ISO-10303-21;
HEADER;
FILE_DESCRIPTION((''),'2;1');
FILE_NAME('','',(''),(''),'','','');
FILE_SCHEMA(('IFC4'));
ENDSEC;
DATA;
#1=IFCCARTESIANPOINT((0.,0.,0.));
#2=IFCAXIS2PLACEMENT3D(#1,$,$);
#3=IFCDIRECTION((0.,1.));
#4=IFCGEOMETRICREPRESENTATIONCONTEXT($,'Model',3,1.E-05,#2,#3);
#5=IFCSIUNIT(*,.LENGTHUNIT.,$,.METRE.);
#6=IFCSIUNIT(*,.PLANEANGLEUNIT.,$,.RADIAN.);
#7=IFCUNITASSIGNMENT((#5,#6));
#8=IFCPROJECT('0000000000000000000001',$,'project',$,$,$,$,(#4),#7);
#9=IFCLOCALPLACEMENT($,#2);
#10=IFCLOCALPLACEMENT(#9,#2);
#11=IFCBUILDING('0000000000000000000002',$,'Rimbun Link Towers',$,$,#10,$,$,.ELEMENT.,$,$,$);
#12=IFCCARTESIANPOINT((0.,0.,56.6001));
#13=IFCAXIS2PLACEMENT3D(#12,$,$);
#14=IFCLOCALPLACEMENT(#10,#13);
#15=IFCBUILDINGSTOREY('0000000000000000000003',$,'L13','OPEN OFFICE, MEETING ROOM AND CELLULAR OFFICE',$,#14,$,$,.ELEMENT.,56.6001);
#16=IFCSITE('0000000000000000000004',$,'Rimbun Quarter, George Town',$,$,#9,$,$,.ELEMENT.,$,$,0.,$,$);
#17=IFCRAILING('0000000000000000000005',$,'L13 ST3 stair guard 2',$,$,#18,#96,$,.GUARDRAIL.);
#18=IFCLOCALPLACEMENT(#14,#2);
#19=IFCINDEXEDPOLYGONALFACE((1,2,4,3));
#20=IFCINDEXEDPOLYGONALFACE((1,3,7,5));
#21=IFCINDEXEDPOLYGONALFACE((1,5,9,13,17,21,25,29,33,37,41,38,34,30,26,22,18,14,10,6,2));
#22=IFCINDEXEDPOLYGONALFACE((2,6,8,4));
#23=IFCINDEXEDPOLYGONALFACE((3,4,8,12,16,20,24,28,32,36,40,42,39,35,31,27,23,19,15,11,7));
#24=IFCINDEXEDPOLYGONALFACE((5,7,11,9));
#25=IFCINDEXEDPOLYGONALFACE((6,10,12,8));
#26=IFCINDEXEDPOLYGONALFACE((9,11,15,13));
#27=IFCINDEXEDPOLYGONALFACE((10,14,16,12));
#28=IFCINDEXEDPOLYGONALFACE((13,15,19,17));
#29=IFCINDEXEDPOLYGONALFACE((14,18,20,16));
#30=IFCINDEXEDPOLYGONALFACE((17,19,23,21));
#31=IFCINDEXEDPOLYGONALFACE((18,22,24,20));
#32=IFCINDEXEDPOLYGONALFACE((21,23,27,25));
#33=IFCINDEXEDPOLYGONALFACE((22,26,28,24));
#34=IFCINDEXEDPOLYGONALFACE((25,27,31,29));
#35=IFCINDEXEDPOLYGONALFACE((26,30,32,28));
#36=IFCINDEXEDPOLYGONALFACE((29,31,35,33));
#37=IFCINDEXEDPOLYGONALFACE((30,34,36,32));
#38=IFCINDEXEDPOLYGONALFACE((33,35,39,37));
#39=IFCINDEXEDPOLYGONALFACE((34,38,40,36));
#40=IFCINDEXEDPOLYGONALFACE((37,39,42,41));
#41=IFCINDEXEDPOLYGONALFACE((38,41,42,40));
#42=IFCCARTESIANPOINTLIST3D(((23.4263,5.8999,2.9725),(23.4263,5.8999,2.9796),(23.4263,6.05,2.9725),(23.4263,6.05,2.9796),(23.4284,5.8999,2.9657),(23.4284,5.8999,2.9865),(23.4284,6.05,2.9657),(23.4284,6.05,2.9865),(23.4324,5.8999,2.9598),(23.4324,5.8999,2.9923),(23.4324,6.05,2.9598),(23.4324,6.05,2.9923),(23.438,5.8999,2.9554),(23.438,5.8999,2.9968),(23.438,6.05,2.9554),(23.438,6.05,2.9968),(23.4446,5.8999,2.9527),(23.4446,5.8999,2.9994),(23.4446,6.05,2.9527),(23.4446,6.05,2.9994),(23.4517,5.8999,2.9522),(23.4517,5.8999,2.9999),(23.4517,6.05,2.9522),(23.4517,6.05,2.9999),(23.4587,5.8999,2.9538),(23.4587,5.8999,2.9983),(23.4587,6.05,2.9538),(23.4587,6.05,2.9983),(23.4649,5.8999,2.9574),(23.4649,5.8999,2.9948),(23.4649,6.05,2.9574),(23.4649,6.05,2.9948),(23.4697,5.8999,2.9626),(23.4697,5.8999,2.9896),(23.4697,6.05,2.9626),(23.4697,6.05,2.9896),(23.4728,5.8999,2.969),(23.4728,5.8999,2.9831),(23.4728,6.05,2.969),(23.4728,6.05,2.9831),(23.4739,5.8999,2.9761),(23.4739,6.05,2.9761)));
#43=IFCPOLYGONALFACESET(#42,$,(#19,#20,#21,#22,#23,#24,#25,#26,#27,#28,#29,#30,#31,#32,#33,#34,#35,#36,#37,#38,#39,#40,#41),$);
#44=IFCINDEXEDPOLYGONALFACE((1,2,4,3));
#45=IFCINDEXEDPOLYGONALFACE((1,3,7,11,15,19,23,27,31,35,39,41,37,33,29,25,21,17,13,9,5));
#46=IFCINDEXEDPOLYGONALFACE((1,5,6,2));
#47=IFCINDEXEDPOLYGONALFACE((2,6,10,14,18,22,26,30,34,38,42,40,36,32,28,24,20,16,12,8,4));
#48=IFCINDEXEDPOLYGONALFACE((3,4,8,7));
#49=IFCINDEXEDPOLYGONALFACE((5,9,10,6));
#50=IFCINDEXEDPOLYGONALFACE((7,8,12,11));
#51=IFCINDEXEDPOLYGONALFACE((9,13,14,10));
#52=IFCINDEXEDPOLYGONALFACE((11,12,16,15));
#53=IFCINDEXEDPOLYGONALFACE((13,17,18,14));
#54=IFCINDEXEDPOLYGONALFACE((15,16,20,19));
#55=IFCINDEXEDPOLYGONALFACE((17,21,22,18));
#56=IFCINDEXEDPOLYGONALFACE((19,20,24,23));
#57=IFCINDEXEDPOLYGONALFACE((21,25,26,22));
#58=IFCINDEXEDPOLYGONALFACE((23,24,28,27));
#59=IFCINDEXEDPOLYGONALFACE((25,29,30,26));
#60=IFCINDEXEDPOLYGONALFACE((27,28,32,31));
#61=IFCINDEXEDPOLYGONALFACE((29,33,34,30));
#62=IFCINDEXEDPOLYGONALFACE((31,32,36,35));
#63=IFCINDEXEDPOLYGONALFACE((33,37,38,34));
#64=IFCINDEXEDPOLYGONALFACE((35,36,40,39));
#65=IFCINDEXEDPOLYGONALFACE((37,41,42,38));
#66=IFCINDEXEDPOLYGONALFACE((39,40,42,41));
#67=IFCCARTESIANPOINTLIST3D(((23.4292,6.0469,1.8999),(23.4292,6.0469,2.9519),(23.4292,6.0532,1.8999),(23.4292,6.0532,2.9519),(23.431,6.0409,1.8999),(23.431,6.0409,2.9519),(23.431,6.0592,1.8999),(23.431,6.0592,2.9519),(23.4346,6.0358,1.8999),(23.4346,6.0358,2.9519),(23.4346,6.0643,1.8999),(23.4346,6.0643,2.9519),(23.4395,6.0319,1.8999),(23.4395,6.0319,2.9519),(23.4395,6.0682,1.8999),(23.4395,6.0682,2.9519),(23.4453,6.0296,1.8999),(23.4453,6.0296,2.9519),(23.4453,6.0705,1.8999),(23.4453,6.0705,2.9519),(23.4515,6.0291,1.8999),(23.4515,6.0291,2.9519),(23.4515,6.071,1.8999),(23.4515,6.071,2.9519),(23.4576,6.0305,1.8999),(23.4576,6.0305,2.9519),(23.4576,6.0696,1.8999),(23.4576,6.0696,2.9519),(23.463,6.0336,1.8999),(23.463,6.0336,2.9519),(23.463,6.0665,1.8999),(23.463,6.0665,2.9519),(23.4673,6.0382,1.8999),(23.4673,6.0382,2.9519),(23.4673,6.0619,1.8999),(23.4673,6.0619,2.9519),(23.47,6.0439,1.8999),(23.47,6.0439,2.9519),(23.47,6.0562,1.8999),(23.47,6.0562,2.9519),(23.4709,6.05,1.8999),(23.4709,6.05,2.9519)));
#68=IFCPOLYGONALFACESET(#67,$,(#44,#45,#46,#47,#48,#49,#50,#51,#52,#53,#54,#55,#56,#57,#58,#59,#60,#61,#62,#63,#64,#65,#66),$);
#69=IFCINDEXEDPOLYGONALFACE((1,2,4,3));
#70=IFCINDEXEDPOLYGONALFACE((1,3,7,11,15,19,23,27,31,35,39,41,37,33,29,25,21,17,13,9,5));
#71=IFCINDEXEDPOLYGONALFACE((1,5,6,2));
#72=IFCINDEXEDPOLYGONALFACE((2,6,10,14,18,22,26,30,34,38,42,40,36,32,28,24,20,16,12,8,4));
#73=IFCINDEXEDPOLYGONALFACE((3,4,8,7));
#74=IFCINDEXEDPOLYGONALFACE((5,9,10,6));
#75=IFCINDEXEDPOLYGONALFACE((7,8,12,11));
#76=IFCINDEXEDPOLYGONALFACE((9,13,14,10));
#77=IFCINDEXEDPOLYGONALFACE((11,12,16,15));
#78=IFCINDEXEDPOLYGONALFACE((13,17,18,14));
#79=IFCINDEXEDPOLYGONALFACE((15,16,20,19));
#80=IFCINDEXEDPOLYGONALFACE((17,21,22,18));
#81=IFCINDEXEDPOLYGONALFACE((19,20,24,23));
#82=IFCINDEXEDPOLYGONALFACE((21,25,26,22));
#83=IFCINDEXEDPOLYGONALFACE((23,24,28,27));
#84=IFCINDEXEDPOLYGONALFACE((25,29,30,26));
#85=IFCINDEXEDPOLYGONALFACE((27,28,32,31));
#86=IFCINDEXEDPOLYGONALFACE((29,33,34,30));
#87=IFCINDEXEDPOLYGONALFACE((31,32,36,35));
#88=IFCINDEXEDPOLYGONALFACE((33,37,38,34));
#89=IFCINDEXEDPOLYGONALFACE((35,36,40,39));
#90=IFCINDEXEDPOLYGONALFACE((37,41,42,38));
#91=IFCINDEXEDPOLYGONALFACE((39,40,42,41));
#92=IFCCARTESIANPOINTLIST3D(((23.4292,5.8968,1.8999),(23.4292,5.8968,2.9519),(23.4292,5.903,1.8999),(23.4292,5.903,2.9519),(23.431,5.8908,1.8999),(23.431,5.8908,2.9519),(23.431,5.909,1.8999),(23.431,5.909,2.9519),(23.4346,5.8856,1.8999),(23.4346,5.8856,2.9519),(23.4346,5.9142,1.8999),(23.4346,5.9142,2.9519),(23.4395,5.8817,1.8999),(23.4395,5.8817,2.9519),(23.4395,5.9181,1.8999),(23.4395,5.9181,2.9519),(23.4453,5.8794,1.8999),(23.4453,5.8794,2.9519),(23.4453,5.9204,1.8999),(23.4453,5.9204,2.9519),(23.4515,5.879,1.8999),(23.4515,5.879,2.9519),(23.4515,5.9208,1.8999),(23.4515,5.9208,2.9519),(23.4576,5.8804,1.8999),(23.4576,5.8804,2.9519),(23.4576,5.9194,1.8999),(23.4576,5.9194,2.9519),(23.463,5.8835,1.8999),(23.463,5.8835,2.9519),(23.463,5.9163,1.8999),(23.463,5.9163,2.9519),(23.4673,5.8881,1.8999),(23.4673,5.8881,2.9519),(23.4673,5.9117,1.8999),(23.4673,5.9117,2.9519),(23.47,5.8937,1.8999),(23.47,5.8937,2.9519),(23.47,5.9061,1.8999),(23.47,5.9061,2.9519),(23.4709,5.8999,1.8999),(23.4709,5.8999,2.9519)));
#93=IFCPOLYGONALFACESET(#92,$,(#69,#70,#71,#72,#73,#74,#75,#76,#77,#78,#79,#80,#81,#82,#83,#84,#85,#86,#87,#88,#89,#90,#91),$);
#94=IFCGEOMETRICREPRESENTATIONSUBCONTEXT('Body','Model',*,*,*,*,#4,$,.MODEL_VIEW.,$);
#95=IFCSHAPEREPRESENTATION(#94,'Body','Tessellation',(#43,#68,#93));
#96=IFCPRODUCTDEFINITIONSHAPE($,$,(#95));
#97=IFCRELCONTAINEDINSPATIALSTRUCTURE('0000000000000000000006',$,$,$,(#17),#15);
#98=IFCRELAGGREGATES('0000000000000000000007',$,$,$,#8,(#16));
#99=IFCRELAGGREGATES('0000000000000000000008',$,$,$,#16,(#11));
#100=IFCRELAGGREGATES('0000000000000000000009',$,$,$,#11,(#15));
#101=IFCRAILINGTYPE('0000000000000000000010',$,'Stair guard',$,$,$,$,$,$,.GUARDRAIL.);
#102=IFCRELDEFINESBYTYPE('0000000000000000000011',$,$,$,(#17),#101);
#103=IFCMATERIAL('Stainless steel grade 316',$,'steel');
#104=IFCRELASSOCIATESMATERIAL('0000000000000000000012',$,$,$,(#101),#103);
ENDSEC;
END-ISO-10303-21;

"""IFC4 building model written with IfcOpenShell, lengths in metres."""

from ifc_helpers import new_model, si_unit, direction, frame, origin, origin_2d, place, context, subcontext, project, spatial, circle, extrude, material, type_object, element, save


model = new_model("IFC4")

# Units and contexts
model_context = context("Model", 3, precision=1e-05, world=origin(), true_north=direction((0.0, 1.0)))
body_context = subcontext(model_context, "Body", "Model", "MODEL_VIEW")
ifc_project = project(units=[si_unit("LENGTHUNIT", "METRE"), si_unit("PLANEANGLEUNIT", "RADIAN")], contexts=[model_context])

# Site, building, storey
site_placement = place(None, origin())
site = spatial("IfcSite", under=ifc_project, at=site_placement, Name="Rimbun Quarter, George Town", CompositionType="ELEMENT", RefElevation=0.0)
building_placement = place(site_placement, origin())
building = spatial("IfcBuilding", under=site, at=building_placement, Name="Rimbun Link Towers", CompositionType="ELEMENT")
storey_placement = place(building_placement, frame((0.0, 0.0, 56.6001)))
storey = spatial("IfcBuildingStorey", under=building, at=storey_placement, Name="L13", Description="OPEN OFFICE, MEETING ROOM AND CELLULAR OFFICE", CompositionType="ELEMENT", Elevation=56.6001)

# Railing
ifc_material_1 = material(Name="Stainless steel grade 316", Category="steel")
railing_type_1 = type_object("IfcRailingType", Name="Stair guard", PredefinedType="GUARDRAIL", material=ifc_material_1)
railing_1_placement = place(storey_placement, frame((23.45, 6.05, 1.8999)))
element("IfcRailing", 1, at=railing_1_placement, inside=storey, type_object=railing_type_1, Name="L13 ST3 stair guard 2", PredefinedType="GUARDRAIL", context=body_context, shape_type="SweptSolid", body=[
    extrude(circle(Radius=0.0239, at=origin_2d()), frame((0.0, 0.0, 1.0762), z_axis=(0.0, -1.0, 0.0), x_axis=(1.0, 0.0, 0.0)), (0.0, 0.0, 1.0), 0.1501),
    extrude(circle(Radius=0.021, at=origin_2d()), origin(), (0.0, 0.0, 1.0), 1.052),
    extrude(circle(Radius=0.021, at=origin_2d()), frame((0.0, -0.1501, 0.0)), (0.0, 0.0, 1.0), 1.052),
])

save(model, "model.ifc")
